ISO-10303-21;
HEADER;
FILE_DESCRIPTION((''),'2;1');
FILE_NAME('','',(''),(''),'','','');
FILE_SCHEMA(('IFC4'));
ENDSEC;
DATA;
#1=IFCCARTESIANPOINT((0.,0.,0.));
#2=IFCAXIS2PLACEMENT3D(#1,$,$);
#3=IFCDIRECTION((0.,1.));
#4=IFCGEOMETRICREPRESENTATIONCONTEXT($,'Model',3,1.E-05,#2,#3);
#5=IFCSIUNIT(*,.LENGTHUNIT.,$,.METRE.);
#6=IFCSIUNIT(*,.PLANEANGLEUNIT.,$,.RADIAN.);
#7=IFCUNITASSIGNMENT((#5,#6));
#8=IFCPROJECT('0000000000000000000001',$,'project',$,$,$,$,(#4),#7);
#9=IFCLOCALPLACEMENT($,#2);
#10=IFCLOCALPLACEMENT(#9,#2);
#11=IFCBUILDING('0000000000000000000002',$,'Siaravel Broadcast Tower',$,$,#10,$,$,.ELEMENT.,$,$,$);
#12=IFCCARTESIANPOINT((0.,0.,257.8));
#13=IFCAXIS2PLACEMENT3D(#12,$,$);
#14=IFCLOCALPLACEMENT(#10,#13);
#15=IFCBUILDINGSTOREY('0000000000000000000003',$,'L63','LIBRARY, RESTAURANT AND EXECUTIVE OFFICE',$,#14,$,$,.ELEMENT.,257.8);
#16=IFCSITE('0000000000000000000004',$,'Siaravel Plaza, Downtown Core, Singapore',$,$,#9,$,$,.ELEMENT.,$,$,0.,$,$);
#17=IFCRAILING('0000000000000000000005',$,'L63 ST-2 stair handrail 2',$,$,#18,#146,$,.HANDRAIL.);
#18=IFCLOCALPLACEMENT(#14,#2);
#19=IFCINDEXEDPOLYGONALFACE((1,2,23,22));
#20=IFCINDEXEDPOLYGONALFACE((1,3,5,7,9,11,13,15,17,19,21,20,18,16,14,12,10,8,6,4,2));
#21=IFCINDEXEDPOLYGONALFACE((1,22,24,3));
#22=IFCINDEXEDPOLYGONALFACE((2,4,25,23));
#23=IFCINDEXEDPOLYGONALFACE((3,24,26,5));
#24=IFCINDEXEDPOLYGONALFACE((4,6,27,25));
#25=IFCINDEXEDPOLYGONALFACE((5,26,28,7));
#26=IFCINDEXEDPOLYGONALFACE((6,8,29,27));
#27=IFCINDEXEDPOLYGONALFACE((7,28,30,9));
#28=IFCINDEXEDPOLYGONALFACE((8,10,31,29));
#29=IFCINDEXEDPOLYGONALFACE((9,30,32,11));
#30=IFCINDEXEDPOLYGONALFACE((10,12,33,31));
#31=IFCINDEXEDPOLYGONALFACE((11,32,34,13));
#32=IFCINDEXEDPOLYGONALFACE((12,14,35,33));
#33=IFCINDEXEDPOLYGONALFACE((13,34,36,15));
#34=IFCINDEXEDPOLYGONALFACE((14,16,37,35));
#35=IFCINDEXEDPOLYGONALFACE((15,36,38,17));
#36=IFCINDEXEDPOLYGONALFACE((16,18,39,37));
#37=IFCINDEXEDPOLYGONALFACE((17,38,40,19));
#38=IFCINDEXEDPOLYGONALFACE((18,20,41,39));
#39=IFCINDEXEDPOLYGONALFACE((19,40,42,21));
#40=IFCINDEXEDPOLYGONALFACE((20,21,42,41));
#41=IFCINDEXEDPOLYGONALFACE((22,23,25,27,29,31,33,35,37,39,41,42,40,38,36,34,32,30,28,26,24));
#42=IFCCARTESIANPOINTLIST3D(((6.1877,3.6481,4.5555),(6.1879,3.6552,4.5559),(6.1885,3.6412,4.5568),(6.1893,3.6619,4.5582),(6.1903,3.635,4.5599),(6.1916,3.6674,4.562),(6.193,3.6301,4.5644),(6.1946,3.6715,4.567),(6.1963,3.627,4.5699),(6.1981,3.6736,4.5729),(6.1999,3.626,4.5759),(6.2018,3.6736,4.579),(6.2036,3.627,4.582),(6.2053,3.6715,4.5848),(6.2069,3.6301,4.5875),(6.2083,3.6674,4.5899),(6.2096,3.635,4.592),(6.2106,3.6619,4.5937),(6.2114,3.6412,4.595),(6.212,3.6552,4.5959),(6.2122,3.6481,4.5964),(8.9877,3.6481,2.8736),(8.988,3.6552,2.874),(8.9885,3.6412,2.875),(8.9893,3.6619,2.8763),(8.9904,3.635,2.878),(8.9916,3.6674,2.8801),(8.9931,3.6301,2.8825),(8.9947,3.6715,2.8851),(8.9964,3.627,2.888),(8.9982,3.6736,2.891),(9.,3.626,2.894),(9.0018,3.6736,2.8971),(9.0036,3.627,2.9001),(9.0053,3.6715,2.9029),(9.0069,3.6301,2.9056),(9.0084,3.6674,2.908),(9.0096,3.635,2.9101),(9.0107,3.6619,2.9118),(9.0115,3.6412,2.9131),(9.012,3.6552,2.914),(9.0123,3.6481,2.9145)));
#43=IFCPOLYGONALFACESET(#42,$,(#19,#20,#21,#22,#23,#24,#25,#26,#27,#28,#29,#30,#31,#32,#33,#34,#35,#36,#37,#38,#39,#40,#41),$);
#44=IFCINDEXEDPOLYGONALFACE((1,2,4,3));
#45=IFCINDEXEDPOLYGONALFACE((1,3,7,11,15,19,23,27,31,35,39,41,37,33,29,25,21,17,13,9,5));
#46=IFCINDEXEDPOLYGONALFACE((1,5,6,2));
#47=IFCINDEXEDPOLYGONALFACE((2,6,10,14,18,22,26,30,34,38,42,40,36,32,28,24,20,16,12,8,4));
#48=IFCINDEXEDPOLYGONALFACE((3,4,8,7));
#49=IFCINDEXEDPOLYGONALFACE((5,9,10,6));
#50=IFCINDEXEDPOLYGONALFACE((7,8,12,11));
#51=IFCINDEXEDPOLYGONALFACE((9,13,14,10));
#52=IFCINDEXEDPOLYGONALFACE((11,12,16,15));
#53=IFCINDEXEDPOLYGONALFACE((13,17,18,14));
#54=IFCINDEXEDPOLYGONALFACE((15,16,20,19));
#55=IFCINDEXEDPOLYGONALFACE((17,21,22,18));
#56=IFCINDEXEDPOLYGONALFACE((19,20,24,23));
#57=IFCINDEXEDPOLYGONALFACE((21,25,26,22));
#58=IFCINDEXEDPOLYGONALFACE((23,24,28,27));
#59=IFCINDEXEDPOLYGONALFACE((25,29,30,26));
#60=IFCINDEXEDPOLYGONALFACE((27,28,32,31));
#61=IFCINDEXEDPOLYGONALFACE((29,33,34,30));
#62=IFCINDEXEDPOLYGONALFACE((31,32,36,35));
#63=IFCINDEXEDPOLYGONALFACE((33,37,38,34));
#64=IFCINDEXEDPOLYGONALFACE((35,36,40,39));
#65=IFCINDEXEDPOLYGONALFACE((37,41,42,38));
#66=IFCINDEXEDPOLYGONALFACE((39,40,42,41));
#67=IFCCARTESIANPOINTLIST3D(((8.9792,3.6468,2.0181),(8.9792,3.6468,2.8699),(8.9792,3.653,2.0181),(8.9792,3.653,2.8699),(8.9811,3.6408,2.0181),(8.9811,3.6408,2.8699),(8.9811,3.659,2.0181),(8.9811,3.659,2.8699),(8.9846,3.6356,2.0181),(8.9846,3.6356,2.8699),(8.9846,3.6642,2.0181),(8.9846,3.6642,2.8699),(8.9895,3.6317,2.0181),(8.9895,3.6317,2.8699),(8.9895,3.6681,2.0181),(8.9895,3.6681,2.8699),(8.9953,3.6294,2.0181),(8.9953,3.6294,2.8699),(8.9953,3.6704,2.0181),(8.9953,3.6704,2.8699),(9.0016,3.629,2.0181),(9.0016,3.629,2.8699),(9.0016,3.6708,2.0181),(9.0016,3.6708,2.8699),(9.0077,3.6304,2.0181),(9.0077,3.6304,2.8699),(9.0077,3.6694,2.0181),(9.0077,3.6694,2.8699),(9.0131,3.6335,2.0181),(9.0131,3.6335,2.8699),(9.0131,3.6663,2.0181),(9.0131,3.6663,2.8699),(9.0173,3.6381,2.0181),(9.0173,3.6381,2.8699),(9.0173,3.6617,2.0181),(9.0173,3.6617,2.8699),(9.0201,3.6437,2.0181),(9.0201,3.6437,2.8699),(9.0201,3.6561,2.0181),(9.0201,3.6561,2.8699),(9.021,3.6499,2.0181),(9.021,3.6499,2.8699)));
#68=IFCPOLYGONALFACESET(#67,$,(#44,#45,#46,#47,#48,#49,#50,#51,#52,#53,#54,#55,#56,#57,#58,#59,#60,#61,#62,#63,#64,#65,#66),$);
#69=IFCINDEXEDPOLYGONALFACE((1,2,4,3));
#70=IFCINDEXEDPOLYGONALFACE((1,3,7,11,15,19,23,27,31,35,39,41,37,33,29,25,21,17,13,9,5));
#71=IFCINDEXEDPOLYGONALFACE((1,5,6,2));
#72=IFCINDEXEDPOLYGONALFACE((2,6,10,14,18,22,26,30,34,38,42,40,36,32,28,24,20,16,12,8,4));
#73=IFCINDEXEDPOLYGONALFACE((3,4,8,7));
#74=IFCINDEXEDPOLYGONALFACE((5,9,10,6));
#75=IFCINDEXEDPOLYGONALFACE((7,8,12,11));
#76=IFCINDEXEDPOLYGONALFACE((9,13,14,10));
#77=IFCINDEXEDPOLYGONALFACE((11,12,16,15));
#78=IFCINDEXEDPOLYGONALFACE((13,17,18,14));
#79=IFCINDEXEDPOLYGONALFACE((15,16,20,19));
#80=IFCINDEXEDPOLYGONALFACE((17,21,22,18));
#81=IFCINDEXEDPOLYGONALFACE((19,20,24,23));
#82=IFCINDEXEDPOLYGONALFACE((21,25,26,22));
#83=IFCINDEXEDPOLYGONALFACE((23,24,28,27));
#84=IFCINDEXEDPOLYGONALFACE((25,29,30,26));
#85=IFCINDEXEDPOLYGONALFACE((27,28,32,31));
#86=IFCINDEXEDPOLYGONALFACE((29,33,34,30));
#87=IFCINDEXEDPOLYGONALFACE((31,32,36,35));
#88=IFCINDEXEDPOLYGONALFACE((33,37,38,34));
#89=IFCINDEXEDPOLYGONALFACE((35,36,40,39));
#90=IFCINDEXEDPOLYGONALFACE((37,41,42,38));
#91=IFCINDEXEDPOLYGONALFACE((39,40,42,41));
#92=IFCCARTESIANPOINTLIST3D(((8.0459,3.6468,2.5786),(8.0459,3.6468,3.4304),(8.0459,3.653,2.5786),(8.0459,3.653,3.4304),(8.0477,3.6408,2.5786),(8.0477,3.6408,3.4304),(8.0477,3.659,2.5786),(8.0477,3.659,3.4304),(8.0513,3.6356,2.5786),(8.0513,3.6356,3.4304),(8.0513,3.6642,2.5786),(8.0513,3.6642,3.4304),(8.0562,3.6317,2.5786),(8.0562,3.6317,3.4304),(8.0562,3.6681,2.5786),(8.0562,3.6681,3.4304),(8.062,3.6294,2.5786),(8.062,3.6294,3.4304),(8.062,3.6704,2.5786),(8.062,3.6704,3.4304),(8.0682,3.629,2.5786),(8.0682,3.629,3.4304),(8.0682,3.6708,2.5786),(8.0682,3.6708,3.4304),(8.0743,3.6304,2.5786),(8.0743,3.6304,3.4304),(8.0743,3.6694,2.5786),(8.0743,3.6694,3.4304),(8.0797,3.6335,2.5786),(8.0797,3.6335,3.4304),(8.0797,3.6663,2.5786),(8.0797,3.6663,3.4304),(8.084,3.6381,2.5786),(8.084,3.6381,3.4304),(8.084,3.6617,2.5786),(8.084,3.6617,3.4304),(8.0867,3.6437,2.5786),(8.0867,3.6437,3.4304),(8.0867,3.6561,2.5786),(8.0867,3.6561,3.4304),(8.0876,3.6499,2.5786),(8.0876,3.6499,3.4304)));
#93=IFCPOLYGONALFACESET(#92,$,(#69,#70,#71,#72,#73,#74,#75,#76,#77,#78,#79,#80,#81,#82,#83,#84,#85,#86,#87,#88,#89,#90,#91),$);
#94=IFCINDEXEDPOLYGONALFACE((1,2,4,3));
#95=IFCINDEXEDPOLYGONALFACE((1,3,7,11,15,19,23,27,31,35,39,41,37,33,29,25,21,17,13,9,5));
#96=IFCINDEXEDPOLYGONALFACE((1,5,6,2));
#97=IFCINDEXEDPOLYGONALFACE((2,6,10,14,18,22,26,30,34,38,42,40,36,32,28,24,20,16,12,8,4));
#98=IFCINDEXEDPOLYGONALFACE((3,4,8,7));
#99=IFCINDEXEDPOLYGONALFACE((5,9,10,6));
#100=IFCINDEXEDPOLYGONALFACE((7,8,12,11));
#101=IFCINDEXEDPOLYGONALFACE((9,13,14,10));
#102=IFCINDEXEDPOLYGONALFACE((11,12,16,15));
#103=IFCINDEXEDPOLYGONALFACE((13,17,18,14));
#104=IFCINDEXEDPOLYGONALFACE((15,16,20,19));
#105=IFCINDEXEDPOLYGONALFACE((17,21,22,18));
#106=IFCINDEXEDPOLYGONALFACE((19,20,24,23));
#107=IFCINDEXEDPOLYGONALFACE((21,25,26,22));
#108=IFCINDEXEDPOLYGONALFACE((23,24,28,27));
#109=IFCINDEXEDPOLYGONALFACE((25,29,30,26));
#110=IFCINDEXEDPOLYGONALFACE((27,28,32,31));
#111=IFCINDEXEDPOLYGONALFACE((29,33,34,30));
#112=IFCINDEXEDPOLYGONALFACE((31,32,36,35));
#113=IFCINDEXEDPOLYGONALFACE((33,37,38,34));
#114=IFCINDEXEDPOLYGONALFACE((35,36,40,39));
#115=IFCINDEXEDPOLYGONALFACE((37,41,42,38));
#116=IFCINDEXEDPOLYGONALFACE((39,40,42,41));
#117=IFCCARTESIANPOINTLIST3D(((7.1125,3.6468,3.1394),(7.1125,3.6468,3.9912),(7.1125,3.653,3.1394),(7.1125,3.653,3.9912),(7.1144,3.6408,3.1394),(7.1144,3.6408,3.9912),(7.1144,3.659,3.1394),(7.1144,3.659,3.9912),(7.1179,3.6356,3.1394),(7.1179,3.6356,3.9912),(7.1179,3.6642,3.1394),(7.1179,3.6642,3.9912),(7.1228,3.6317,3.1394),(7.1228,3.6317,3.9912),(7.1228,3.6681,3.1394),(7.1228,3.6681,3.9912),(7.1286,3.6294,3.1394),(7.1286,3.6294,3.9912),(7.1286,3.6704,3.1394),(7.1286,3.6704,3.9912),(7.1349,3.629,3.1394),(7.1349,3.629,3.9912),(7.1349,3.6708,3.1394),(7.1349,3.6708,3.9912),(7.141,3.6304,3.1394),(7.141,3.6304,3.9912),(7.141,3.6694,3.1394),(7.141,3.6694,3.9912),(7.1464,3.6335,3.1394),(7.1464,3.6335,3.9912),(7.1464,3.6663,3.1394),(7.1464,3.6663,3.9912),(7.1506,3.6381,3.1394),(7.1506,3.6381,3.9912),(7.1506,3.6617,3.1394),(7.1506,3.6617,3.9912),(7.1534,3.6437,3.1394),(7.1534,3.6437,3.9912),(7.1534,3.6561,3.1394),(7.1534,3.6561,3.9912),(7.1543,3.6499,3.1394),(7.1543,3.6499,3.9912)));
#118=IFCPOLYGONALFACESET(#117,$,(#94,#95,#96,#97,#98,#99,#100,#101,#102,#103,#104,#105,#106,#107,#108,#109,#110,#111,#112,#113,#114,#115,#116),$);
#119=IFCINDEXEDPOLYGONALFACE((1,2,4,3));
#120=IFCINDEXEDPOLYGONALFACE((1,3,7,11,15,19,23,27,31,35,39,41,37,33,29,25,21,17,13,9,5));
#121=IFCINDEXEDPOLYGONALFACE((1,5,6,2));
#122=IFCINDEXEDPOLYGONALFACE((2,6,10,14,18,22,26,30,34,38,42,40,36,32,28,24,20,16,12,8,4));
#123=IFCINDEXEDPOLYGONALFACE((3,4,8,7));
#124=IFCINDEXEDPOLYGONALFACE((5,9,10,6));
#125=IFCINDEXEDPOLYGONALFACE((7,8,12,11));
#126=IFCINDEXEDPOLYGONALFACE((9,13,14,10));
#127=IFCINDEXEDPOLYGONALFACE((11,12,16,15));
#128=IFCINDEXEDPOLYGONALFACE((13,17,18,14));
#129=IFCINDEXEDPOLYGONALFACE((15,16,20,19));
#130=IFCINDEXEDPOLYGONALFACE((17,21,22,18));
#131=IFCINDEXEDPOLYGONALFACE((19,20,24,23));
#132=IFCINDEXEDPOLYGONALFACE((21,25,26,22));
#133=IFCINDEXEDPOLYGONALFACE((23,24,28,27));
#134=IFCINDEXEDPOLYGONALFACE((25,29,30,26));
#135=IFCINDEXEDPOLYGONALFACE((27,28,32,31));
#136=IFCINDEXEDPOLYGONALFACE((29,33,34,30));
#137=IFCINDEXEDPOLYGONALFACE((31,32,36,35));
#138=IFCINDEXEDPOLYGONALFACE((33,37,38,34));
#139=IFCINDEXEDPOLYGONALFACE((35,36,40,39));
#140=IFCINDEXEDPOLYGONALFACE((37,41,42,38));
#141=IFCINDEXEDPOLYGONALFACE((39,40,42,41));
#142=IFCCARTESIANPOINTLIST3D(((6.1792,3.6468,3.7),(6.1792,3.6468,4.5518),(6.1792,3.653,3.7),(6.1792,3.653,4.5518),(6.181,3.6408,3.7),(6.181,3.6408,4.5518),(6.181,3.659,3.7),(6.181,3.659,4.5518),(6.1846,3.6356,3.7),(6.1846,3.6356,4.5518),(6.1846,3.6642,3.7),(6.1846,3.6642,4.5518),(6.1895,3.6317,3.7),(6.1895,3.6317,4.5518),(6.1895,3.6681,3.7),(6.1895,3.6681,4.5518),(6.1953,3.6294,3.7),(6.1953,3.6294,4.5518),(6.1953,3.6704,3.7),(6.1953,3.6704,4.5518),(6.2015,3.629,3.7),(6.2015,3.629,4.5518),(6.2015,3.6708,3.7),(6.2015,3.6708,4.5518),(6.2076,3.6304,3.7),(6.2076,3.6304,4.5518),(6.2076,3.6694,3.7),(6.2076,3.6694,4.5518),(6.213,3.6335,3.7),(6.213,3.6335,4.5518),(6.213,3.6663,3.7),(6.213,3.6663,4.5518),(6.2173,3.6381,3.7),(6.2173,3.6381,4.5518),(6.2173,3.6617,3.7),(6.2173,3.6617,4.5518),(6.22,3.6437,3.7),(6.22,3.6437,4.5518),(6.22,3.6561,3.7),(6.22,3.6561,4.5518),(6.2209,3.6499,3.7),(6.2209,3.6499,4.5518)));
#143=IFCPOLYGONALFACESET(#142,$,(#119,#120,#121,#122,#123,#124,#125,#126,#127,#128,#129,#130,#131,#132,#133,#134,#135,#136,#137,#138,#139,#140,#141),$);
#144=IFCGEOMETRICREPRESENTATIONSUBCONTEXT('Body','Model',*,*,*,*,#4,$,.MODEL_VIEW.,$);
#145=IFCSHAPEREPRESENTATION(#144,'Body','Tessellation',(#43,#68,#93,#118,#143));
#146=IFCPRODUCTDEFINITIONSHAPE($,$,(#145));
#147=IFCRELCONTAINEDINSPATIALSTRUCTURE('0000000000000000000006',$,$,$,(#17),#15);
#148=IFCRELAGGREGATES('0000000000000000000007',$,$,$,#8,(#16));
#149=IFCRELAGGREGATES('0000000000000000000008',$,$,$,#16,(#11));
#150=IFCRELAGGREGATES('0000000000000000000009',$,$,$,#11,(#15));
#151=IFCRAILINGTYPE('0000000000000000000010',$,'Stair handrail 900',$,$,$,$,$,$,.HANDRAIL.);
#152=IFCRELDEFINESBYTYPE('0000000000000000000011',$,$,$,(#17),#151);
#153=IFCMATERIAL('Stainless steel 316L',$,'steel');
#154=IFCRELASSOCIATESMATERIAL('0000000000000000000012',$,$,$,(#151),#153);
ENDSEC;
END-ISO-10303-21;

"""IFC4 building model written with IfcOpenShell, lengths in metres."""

from ifc_helpers import new_model, si_unit, direction, frame, origin, origin_2d, place, context, subcontext, project, spatial, circle, extrude, material, type_object, element, save


model = new_model("IFC4")

# Units and contexts
model_context = context("Model", 3, precision=1e-05, world=origin(), true_north=direction((0.0, 1.0)))
body_context = subcontext(model_context, "Body", "Model", "MODEL_VIEW")
ifc_project = project(units=[si_unit("LENGTHUNIT", "METRE"), si_unit("PLANEANGLEUNIT", "RADIAN")], contexts=[model_context])

# Site, building, storey
site_placement = place(None, origin())
site = spatial("IfcSite", under=ifc_project, at=site_placement, Name="Siaravel Plaza, Downtown Core, Singapore", CompositionType="ELEMENT", RefElevation=0.0)
building_placement = place(site_placement, origin())
building = spatial("IfcBuilding", under=site, at=building_placement, Name="Siaravel Broadcast Tower", CompositionType="ELEMENT")
storey_placement = place(building_placement, frame((0.0, 0.0, 257.8)))
storey = spatial("IfcBuildingStorey", under=building, at=storey_placement, Name="L63", Description="LIBRARY, RESTAURANT AND EXECUTIVE OFFICE", CompositionType="ELEMENT", Elevation=257.8)

# Railing
ifc_material_1 = material(Name="Stainless steel 316L", Category="steel")
railing_type_1 = type_object("IfcRailingType", Name="Stair handrail 900", PredefinedType="HANDRAIL", material=ifc_material_1)
railing_1_placement = place(storey_placement, frame((9.0, 3.6499, 2.0181)))
element("IfcRailing", 1, at=railing_1_placement, inside=storey, type_object=railing_type_1, Name="L63 ST-2 stair handrail 2", PredefinedType="HANDRAIL", context=body_context, shape_type="SweptSolid", body=[
    extrude(circle(Radius=0.0239, at=origin_2d()), frame((0.0, 0.0, 0.876), z_axis=(-0.857242, 0.0, 0.514913), x_axis=(0.0, -1.0, 0.0)), (0.0, 0.0, 1.0), 3.2664),
    extrude(circle(Radius=0.021, at=origin_2d()), origin(), (0.0, 0.0, 1.0), 0.8518),
    extrude(circle(Radius=0.021, at=origin_2d()), frame((-0.9333, 0.0, 0.5605)), (0.0, 0.0, 1.0), 0.8518),
    extrude(circle(Radius=0.021, at=origin_2d()), frame((-1.8667, 0.0, 1.1213)), (0.0, 0.0, 1.0), 0.8518),
    extrude(circle(Radius=0.021, at=origin_2d()), frame((-2.8, 0.0, 1.6819)), (0.0, 0.0, 1.0), 0.8518),
])

save(model, "model.ifc")
